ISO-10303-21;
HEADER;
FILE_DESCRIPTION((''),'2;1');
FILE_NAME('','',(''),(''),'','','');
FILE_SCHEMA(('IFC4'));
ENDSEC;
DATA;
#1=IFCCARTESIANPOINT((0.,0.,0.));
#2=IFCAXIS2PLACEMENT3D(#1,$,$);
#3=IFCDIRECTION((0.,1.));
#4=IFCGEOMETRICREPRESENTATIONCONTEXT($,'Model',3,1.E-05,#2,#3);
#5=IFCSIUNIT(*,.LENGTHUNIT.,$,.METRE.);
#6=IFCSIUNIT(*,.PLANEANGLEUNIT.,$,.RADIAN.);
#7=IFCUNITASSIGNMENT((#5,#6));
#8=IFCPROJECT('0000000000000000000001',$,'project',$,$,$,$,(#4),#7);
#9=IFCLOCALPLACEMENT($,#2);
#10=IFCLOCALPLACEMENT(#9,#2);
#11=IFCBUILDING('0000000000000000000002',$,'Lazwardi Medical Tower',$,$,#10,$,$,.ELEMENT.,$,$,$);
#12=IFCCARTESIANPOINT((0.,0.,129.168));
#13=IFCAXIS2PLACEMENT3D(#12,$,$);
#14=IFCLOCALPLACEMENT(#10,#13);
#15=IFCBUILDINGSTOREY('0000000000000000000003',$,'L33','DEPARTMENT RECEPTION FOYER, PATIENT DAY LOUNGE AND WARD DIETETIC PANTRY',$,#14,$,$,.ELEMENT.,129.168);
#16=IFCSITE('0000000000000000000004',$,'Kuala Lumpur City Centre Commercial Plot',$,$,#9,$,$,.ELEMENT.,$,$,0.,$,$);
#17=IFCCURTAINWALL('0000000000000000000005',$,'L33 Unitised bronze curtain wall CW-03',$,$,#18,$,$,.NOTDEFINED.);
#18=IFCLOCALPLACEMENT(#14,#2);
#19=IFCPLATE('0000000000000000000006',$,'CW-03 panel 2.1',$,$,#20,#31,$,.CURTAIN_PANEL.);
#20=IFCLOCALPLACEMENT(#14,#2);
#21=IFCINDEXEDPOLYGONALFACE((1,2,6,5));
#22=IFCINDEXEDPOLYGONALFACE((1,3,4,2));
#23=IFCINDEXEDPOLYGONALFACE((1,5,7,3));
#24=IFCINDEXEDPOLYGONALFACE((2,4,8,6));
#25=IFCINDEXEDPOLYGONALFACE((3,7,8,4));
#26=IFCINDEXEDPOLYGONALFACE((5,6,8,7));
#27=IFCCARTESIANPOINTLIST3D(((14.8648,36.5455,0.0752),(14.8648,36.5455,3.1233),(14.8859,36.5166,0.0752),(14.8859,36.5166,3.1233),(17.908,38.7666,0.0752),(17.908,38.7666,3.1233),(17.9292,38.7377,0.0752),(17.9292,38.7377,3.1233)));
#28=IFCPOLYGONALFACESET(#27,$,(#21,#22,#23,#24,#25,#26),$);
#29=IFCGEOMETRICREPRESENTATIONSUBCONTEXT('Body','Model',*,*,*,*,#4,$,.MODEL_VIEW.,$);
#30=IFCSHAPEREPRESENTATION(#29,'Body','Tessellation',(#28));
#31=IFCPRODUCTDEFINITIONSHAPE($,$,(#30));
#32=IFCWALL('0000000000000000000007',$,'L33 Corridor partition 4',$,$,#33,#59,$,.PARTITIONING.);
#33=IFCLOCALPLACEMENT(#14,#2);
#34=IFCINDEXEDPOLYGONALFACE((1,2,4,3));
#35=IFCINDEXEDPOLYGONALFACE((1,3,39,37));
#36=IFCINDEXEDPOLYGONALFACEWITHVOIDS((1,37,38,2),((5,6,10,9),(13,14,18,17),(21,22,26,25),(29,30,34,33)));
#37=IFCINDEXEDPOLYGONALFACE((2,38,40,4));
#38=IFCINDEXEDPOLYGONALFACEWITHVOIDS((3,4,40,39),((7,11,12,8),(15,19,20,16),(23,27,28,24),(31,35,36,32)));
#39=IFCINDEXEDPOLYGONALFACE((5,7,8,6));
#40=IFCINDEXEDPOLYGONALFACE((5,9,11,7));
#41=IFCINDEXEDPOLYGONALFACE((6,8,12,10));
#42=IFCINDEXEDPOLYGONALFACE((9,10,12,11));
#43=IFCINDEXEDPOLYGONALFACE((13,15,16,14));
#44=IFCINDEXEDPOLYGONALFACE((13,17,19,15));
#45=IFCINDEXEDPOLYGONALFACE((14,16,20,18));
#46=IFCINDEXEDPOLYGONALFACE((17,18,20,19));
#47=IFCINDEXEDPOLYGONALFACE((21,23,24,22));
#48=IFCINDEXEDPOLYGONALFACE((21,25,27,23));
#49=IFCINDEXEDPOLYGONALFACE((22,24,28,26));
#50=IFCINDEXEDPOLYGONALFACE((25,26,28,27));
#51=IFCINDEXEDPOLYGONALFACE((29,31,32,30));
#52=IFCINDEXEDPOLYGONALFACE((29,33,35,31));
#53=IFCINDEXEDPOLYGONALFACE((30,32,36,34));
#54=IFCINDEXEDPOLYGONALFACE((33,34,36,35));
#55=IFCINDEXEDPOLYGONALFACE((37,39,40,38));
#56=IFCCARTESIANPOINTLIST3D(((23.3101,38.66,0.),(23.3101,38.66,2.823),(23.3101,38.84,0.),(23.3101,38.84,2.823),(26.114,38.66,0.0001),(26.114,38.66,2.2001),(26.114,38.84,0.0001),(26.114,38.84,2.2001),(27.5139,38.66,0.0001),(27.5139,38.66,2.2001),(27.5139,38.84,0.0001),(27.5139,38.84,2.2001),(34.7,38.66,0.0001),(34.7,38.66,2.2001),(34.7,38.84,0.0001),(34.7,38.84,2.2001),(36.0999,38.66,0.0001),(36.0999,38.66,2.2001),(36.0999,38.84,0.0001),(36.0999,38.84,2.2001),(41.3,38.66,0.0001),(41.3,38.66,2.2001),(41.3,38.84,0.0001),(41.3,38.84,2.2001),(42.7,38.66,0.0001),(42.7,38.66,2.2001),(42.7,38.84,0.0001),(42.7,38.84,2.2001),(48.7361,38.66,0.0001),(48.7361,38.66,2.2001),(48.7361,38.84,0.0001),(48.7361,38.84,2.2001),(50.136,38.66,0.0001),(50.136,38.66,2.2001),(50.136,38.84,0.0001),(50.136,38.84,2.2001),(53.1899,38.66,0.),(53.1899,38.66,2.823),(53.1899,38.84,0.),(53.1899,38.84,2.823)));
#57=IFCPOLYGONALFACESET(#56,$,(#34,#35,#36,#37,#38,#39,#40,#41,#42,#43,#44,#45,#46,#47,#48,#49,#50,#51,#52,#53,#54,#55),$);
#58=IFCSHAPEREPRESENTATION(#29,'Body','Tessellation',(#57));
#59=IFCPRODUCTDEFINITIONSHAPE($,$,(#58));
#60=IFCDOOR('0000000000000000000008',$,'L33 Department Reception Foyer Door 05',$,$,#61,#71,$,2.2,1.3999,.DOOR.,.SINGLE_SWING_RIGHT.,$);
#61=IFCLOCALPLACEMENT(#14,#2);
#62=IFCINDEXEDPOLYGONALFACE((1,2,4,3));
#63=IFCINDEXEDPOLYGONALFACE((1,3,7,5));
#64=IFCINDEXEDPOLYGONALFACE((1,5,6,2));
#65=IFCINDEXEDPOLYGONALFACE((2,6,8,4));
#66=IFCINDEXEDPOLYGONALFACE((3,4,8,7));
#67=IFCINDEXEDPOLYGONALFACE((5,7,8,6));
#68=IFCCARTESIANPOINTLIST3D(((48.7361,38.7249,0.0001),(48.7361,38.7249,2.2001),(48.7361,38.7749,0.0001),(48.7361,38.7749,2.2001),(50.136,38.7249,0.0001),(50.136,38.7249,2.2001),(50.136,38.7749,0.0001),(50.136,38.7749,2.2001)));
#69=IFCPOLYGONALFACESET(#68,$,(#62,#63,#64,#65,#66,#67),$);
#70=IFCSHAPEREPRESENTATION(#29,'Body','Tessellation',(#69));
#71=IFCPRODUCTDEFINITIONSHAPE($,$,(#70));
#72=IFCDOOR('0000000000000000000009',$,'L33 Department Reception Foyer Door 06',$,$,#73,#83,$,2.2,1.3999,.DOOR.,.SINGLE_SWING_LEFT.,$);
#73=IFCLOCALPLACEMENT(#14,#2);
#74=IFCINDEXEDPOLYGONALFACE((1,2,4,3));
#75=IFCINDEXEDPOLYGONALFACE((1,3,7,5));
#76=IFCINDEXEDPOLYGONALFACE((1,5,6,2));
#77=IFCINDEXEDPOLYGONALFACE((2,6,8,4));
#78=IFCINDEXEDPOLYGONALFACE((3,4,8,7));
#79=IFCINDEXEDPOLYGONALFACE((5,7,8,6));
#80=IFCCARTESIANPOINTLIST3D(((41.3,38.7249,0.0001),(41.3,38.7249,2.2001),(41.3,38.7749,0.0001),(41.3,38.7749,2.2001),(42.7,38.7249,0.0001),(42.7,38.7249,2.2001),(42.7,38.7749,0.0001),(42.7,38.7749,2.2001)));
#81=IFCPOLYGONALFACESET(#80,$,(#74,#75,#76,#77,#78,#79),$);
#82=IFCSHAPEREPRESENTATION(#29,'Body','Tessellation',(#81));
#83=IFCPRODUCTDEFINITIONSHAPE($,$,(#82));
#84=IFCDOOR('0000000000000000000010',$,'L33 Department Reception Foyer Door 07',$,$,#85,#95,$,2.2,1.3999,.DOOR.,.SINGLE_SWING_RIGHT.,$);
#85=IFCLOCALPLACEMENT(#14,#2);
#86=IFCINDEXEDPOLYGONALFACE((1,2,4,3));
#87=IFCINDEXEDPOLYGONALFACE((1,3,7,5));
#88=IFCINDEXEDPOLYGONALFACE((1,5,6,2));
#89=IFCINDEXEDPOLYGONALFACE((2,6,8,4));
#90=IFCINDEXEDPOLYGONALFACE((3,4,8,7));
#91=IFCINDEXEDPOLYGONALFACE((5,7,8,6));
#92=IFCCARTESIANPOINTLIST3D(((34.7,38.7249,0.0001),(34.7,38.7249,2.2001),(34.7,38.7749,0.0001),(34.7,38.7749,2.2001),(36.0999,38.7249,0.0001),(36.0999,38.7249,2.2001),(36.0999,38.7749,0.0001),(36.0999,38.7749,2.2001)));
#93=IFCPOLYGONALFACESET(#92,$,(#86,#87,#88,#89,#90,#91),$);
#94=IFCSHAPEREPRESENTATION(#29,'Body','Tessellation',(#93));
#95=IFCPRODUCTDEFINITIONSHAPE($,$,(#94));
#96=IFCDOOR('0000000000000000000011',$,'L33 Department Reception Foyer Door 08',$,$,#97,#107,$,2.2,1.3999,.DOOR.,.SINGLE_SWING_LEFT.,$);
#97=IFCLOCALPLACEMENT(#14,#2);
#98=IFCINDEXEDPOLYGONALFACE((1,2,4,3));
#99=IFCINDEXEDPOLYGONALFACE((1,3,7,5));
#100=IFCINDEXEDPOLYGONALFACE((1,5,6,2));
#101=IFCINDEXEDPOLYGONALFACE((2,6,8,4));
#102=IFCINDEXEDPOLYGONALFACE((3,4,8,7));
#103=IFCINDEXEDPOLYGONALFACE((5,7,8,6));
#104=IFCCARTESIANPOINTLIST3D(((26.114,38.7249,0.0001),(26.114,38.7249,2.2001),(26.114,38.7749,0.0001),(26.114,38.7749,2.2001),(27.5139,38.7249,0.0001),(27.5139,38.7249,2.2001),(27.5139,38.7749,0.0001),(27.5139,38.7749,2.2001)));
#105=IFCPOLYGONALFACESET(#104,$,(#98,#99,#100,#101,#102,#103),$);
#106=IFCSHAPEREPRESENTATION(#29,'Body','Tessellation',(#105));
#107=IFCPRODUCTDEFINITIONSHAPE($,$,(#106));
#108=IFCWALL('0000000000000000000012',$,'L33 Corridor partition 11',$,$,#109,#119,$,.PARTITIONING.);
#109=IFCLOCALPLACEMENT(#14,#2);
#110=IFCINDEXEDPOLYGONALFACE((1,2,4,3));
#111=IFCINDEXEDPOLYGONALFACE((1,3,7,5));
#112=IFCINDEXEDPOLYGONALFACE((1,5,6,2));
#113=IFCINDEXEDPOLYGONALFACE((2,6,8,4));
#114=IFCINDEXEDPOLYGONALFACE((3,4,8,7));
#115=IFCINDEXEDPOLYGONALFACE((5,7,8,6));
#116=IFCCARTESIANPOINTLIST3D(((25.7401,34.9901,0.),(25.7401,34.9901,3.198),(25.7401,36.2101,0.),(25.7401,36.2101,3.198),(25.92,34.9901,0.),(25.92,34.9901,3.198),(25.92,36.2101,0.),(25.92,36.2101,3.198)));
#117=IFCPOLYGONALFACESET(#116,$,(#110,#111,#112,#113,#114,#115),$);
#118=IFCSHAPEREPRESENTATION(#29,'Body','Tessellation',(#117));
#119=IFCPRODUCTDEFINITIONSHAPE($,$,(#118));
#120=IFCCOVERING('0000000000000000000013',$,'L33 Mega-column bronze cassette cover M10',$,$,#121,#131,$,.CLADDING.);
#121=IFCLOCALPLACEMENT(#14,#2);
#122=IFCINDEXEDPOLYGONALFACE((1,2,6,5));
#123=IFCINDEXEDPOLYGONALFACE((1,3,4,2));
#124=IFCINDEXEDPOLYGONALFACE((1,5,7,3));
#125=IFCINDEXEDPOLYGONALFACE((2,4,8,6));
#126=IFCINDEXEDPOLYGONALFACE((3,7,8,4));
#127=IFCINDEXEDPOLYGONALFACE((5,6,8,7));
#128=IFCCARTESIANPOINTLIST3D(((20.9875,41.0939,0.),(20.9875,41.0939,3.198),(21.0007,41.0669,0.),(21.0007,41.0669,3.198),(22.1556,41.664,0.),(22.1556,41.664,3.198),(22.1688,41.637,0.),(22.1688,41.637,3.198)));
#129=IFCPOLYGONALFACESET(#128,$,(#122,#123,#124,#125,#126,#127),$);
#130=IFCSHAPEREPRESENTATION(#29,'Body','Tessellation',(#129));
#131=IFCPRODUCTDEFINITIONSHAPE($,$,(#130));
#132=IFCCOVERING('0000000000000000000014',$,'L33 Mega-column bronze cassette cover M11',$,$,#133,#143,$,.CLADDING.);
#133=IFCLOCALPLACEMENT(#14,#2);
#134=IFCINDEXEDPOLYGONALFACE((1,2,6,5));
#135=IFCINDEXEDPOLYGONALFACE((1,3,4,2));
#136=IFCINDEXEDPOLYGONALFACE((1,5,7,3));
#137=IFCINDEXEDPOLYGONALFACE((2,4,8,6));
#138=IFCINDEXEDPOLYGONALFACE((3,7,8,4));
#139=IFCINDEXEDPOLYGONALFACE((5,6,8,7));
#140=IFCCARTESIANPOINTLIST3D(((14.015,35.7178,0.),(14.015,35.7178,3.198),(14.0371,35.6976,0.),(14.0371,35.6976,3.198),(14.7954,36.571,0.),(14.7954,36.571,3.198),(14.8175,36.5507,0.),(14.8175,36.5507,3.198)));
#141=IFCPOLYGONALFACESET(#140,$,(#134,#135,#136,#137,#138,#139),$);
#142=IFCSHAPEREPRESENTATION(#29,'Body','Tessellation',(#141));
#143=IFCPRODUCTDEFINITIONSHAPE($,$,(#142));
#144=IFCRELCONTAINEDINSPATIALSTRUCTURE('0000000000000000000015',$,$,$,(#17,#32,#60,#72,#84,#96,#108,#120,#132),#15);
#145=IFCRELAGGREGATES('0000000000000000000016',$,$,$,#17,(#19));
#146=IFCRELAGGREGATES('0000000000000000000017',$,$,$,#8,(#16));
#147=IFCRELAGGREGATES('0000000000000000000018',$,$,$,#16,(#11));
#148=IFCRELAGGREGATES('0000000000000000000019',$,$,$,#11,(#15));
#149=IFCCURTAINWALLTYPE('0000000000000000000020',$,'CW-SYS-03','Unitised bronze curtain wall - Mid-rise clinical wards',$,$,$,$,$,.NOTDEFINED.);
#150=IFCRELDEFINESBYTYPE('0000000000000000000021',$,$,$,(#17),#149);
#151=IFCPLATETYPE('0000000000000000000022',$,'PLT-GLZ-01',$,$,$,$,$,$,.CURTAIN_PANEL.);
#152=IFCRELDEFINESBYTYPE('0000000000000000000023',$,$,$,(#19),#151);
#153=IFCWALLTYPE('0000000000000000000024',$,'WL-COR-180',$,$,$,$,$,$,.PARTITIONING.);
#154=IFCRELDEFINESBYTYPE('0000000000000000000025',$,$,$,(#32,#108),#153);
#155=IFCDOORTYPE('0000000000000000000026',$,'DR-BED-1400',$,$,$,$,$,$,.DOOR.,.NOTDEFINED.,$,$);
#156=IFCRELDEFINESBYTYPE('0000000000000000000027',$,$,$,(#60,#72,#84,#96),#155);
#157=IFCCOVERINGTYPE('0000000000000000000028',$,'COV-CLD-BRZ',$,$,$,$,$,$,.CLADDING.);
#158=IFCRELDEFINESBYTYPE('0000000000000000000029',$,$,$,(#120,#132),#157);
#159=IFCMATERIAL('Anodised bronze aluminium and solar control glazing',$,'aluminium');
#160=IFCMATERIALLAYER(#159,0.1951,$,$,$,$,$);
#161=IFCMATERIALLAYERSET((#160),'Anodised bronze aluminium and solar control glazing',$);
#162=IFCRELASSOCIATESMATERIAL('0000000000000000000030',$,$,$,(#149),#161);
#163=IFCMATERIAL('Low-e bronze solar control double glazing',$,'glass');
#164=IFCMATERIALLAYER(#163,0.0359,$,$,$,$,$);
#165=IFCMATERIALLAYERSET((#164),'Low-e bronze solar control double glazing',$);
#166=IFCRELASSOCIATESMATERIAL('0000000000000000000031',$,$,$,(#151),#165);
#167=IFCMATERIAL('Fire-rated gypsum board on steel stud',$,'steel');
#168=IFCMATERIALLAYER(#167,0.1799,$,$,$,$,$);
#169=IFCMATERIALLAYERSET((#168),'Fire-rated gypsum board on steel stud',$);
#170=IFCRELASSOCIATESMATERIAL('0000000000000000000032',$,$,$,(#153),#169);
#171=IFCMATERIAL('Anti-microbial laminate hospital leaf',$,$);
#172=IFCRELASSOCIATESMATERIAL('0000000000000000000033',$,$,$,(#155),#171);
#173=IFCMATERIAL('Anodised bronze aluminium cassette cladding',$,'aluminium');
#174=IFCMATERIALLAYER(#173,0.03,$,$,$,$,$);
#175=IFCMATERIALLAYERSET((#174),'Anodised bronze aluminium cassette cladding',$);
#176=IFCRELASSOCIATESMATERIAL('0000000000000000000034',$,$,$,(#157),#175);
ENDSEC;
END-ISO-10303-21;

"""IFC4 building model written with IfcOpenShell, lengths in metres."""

from ifc_helpers import new_model, si_unit, direction, frame, frame_2d, origin, origin_2d, place, context, subcontext, project, spatial, rectangle, extrude, material, layer, layer_set, type_object, element, fill, aggregate, save


model = new_model("IFC4")

# Units and contexts
model_context = context("Model", 3, precision=1e-05, world=origin(), true_north=direction((0.0, 1.0)))
body_context = subcontext(model_context, "Body", "Model", "MODEL_VIEW")
ifc_project = project(units=[si_unit("LENGTHUNIT", "METRE"), si_unit("PLANEANGLEUNIT", "RADIAN")], contexts=[model_context])

# Site, building, storey
site_placement = place(None, origin())
site = spatial("IfcSite", under=ifc_project, at=site_placement, Name="Kuala Lumpur City Centre Commercial Plot", CompositionType="ELEMENT", RefElevation=0.0)
building_placement = place(site_placement, origin())
building = spatial("IfcBuilding", under=site, at=building_placement, Name="Lazwardi Medical Tower", CompositionType="ELEMENT")
storey_placement = place(building_placement, frame((0.0, 0.0, 129.168)))
storey = spatial("IfcBuildingStorey", under=building, at=storey_placement, Name="L33", Description="DEPARTMENT RECEPTION FOYER, PATIENT DAY LOUNGE AND WARD DIETETIC PANTRY", CompositionType="ELEMENT", Elevation=129.168)

# Shared definitions
ifc_material_1 = material(Name="Anodised bronze aluminium and solar control glazing", Category="aluminium")
ifc_layer_1 = layer(ifc_material_1, 0.1951)
ifc_layer_set_1 = layer_set([ifc_layer_1], Name="Anodised bronze aluminium and solar control glazing")
curtain_wall_type = type_object("IfcCurtainWallType", Name="CW-SYS-03", Description="Unitised bronze curtain wall - Mid-rise clinical wards", PredefinedType="NOTDEFINED", material=ifc_layer_set_1)

# Curtain wall
curtain_wall_1_placement = place(storey_placement, origin())
curtain_wall_1 = element("IfcCurtainWall", 1, at=curtain_wall_1_placement, inside=storey, type_object=curtain_wall_type, Name="L33 Unitised bronze curtain wall CW-03", PredefinedType="NOTDEFINED")

# Plate
ifc_material_2 = material(Name="Low-e bronze solar control double glazing", Category="glass")
ifc_layer_2 = layer(ifc_material_2, 0.0359)
ifc_layer_set_2 = layer_set([ifc_layer_2], Name="Low-e bronze solar control double glazing")
plate_type = type_object("IfcPlateType", Name="PLT-GLZ-01", PredefinedType="CURTAIN_PANEL", material=ifc_layer_set_2)
plate_1_placement = place(storey_placement, frame((16.397, 37.6416, 0.0752), z_axis=(0.0, 0.0, 1.0), x_axis=(-0.807746, -0.589531, 0.0)))
plate_1 = element("IfcPlate", 2, at=plate_1_placement, type_object=plate_type, Name="CW-03 panel 2.1", PredefinedType="CURTAIN_PANEL", context=body_context, shape_type="SweptSolid", body=[
    extrude(rectangle(XDim=3.7676, YDim=0.0359, at=origin_2d()), origin(), (0.0, 0.0, 1.0), 3.0481),
])
aggregate(curtain_wall_1, [plate_1])

# Wall, openings, doors
ifc_material_3 = material(Name="Fire-rated gypsum board on steel stud", Category="steel")
ifc_layer_3 = layer(ifc_material_3, 0.1799)
ifc_layer_set_3 = layer_set([ifc_layer_3], Name="Fire-rated gypsum board on steel stud")
wall_type = type_object("IfcWallType", Name="WL-COR-180", PredefinedType="PARTITIONING", material=ifc_layer_set_3)
wall_1_placement = place(storey_placement, frame((23.3101, 38.75, 0.0), z_axis=(0.0, 0.0, 1.0), x_axis=(1.0, 0.0, 0.0)))
wall_1 = element("IfcWall", 3, at=wall_1_placement, inside=storey, type_object=wall_type, Name="L33 Corridor partition 4", PredefinedType="PARTITIONING", context=body_context, shape_type="SweptSolid", body=[
    extrude(rectangle(XDim=29.8799, YDim=0.1799, at=frame_2d((14.9399, 0.0))), origin(), (0.0, 0.0, 1.0), 2.823),
])
opening_1_placement = place(wall_1_placement, frame((25.426, 0.0, 0.0)))
opening_1 = element("IfcOpeningElement", 4, at=opening_1_placement, cuts=wall_1, PredefinedType="OPENING", context=body_context, shape_type="SweptSolid", body=[
    extrude(rectangle(XDim=1.3999, YDim=2.2, at=frame_2d((0.7, 1.1001))), frame((0.0, 0.0999, 0.0), z_axis=(0.0, -1.0, 0.0), x_axis=(1.0, 0.0, 0.0)), (0.0, 0.0, 1.0), 0.2),
])
opening_2_placement = place(wall_1_placement, frame((17.99, 0.0, 0.0)))
opening_2 = element("IfcOpeningElement", 5, at=opening_2_placement, cuts=wall_1, PredefinedType="OPENING", context=body_context, shape_type="SweptSolid", body=[
    extrude(rectangle(XDim=1.3999, YDim=2.2, at=frame_2d((0.7, 1.1001))), frame((0.0, 0.0999, 0.0), z_axis=(0.0, -1.0, 0.0), x_axis=(1.0, 0.0, 0.0)), (0.0, 0.0, 1.0), 0.2),
])
opening_3_placement = place(wall_1_placement, frame((11.3899, 0.0, 0.0)))
opening_3 = element("IfcOpeningElement", 6, at=opening_3_placement, cuts=wall_1, PredefinedType="OPENING", context=body_context, shape_type="SweptSolid", body=[
    extrude(rectangle(XDim=1.3999, YDim=2.2, at=frame_2d((0.7, 1.1001))), frame((0.0, 0.0999, 0.0), z_axis=(0.0, -1.0, 0.0), x_axis=(1.0, 0.0, 0.0)), (0.0, 0.0, 1.0), 0.2),
])
opening_4_placement = place(wall_1_placement, frame((2.804, 0.0, 0.0)))
opening_4 = element("IfcOpeningElement", 7, at=opening_4_placement, cuts=wall_1, PredefinedType="OPENING", context=body_context, shape_type="SweptSolid", body=[
    extrude(rectangle(XDim=1.3999, YDim=2.2, at=frame_2d((0.7, 1.1001))), frame((0.0, 0.0999, 0.0), z_axis=(0.0, -1.0, 0.0), x_axis=(1.0, 0.0, 0.0)), (0.0, 0.0, 1.0), 0.2),
])
ifc_material_4 = material(Name="Anti-microbial laminate hospital leaf")
door_type = type_object("IfcDoorType", Name="DR-BED-1400", OperationType="NOTDEFINED", PredefinedType="DOOR", material=ifc_material_4)
door_1_placement = place(opening_1_placement, origin())
door_1 = element("IfcDoor", 8, at=door_1_placement, inside=storey, type_object=door_type, Name="L33 Department Reception Foyer Door 05", OperationType="SINGLE_SWING_RIGHT", OverallHeight=2.2, OverallWidth=1.3999, PredefinedType="DOOR", context=body_context, shape_type="SweptSolid", body=[
    extrude(rectangle(XDim=1.3999, YDim=2.2, at=frame_2d((0.7, 1.1001))), frame((0.0, 0.0249, 0.0), z_axis=(0.0, -1.0, 0.0), x_axis=(1.0, 0.0, 0.0)), (0.0, 0.0, 1.0), 0.05),
])
fill(opening_1, door_1)
door_2_placement = place(opening_2_placement, origin())
door_2 = element("IfcDoor", 9, at=door_2_placement, inside=storey, type_object=door_type, Name="L33 Department Reception Foyer Door 06", OperationType="SINGLE_SWING_LEFT", OverallHeight=2.2, OverallWidth=1.3999, PredefinedType="DOOR", context=body_context, shape_type="SweptSolid", body=[
    extrude(rectangle(XDim=1.3999, YDim=2.2, at=frame_2d((0.7, 1.1001))), frame((0.0, 0.0249, 0.0), z_axis=(0.0, -1.0, 0.0), x_axis=(1.0, 0.0, 0.0)), (0.0, 0.0, 1.0), 0.05),
])
fill(opening_2, door_2)
door_3_placement = place(opening_3_placement, origin())
door_3 = element("IfcDoor", 10, at=door_3_placement, inside=storey, type_object=door_type, Name="L33 Department Reception Foyer Door 07", OperationType="SINGLE_SWING_RIGHT", OverallHeight=2.2, OverallWidth=1.3999, PredefinedType="DOOR", context=body_context, shape_type="SweptSolid", body=[
    extrude(rectangle(XDim=1.3999, YDim=2.2, at=frame_2d((0.7, 1.1001))), frame((0.0, 0.0249, 0.0), z_axis=(0.0, -1.0, 0.0), x_axis=(1.0, 0.0, 0.0)), (0.0, 0.0, 1.0), 0.05),
])
fill(opening_3, door_3)
door_4_placement = place(opening_4_placement, origin())
door_4 = element("IfcDoor", 11, at=door_4_placement, inside=storey, type_object=door_type, Name="L33 Department Reception Foyer Door 08", OperationType="SINGLE_SWING_LEFT", OverallHeight=2.2, OverallWidth=1.3999, PredefinedType="DOOR", context=body_context, shape_type="SweptSolid", body=[
    extrude(rectangle(XDim=1.3999, YDim=2.2, at=frame_2d((0.7, 1.1001))), frame((0.0, 0.0249, 0.0), z_axis=(0.0, -1.0, 0.0), x_axis=(1.0, 0.0, 0.0)), (0.0, 0.0, 1.0), 0.05),
])
fill(opening_4, door_4)

# Wall
wall_2_placement = place(storey_placement, frame((25.8301, 36.21, 0.0), z_axis=(0.0, 0.0, 1.0), x_axis=(0.0, -1.0, 0.0)))
element("IfcWall", 12, at=wall_2_placement, inside=storey, type_object=wall_type, Name="L33 Corridor partition 11", PredefinedType="PARTITIONING", context=body_context, shape_type="SweptSolid", body=[
    extrude(rectangle(XDim=1.22, YDim=0.1799, at=frame_2d((0.6099, 0.0))), origin(), (0.0, 0.0, 1.0), 3.198),
])

# Coverings
ifc_material_5 = material(Name="Anodised bronze aluminium cassette cladding", Category="aluminium")
ifc_layer_4 = layer(ifc_material_5, 0.03)
ifc_layer_set_4 = layer_set([ifc_layer_4], Name="Anodised bronze aluminium cassette cladding")
covering_type = type_object("IfcCoveringType", Name="COV-CLD-BRZ", PredefinedType="CLADDING", material=ifc_layer_set_4)
covering_1_placement = place(storey_placement, frame((21.5781, 41.3655, 0.0), z_axis=(0.0, 0.0, 1.0), x_axis=(-0.898679, -0.438606, 0.0)))
element("IfcCovering", 13, at=covering_1_placement, inside=storey, type_object=covering_type, Name="L33 Mega-column bronze cassette cover M10", PredefinedType="CLADDING", context=body_context, shape_type="SweptSolid", body=[
    extrude(rectangle(XDim=1.2998, YDim=0.03, at=origin_2d()), origin(), (0.0, 0.0, 1.0), 3.198),
])
covering_2_placement = place(storey_placement, frame((14.4163, 36.1343, 0.0), z_axis=(0.0, 0.0, 1.0), x_axis=(-0.674926, -0.737885, 0.0)))
element("IfcCovering", 14, at=covering_2_placement, inside=storey, type_object=covering_type, Name="L33 Mega-column bronze cassette cover M11", PredefinedType="CLADDING", context=body_context, shape_type="SweptSolid", body=[
    extrude(rectangle(XDim=1.1562, YDim=0.03, at=origin_2d()), origin(), (0.0, 0.0, 1.0), 3.198),
])

save(model, "model.ifc")
